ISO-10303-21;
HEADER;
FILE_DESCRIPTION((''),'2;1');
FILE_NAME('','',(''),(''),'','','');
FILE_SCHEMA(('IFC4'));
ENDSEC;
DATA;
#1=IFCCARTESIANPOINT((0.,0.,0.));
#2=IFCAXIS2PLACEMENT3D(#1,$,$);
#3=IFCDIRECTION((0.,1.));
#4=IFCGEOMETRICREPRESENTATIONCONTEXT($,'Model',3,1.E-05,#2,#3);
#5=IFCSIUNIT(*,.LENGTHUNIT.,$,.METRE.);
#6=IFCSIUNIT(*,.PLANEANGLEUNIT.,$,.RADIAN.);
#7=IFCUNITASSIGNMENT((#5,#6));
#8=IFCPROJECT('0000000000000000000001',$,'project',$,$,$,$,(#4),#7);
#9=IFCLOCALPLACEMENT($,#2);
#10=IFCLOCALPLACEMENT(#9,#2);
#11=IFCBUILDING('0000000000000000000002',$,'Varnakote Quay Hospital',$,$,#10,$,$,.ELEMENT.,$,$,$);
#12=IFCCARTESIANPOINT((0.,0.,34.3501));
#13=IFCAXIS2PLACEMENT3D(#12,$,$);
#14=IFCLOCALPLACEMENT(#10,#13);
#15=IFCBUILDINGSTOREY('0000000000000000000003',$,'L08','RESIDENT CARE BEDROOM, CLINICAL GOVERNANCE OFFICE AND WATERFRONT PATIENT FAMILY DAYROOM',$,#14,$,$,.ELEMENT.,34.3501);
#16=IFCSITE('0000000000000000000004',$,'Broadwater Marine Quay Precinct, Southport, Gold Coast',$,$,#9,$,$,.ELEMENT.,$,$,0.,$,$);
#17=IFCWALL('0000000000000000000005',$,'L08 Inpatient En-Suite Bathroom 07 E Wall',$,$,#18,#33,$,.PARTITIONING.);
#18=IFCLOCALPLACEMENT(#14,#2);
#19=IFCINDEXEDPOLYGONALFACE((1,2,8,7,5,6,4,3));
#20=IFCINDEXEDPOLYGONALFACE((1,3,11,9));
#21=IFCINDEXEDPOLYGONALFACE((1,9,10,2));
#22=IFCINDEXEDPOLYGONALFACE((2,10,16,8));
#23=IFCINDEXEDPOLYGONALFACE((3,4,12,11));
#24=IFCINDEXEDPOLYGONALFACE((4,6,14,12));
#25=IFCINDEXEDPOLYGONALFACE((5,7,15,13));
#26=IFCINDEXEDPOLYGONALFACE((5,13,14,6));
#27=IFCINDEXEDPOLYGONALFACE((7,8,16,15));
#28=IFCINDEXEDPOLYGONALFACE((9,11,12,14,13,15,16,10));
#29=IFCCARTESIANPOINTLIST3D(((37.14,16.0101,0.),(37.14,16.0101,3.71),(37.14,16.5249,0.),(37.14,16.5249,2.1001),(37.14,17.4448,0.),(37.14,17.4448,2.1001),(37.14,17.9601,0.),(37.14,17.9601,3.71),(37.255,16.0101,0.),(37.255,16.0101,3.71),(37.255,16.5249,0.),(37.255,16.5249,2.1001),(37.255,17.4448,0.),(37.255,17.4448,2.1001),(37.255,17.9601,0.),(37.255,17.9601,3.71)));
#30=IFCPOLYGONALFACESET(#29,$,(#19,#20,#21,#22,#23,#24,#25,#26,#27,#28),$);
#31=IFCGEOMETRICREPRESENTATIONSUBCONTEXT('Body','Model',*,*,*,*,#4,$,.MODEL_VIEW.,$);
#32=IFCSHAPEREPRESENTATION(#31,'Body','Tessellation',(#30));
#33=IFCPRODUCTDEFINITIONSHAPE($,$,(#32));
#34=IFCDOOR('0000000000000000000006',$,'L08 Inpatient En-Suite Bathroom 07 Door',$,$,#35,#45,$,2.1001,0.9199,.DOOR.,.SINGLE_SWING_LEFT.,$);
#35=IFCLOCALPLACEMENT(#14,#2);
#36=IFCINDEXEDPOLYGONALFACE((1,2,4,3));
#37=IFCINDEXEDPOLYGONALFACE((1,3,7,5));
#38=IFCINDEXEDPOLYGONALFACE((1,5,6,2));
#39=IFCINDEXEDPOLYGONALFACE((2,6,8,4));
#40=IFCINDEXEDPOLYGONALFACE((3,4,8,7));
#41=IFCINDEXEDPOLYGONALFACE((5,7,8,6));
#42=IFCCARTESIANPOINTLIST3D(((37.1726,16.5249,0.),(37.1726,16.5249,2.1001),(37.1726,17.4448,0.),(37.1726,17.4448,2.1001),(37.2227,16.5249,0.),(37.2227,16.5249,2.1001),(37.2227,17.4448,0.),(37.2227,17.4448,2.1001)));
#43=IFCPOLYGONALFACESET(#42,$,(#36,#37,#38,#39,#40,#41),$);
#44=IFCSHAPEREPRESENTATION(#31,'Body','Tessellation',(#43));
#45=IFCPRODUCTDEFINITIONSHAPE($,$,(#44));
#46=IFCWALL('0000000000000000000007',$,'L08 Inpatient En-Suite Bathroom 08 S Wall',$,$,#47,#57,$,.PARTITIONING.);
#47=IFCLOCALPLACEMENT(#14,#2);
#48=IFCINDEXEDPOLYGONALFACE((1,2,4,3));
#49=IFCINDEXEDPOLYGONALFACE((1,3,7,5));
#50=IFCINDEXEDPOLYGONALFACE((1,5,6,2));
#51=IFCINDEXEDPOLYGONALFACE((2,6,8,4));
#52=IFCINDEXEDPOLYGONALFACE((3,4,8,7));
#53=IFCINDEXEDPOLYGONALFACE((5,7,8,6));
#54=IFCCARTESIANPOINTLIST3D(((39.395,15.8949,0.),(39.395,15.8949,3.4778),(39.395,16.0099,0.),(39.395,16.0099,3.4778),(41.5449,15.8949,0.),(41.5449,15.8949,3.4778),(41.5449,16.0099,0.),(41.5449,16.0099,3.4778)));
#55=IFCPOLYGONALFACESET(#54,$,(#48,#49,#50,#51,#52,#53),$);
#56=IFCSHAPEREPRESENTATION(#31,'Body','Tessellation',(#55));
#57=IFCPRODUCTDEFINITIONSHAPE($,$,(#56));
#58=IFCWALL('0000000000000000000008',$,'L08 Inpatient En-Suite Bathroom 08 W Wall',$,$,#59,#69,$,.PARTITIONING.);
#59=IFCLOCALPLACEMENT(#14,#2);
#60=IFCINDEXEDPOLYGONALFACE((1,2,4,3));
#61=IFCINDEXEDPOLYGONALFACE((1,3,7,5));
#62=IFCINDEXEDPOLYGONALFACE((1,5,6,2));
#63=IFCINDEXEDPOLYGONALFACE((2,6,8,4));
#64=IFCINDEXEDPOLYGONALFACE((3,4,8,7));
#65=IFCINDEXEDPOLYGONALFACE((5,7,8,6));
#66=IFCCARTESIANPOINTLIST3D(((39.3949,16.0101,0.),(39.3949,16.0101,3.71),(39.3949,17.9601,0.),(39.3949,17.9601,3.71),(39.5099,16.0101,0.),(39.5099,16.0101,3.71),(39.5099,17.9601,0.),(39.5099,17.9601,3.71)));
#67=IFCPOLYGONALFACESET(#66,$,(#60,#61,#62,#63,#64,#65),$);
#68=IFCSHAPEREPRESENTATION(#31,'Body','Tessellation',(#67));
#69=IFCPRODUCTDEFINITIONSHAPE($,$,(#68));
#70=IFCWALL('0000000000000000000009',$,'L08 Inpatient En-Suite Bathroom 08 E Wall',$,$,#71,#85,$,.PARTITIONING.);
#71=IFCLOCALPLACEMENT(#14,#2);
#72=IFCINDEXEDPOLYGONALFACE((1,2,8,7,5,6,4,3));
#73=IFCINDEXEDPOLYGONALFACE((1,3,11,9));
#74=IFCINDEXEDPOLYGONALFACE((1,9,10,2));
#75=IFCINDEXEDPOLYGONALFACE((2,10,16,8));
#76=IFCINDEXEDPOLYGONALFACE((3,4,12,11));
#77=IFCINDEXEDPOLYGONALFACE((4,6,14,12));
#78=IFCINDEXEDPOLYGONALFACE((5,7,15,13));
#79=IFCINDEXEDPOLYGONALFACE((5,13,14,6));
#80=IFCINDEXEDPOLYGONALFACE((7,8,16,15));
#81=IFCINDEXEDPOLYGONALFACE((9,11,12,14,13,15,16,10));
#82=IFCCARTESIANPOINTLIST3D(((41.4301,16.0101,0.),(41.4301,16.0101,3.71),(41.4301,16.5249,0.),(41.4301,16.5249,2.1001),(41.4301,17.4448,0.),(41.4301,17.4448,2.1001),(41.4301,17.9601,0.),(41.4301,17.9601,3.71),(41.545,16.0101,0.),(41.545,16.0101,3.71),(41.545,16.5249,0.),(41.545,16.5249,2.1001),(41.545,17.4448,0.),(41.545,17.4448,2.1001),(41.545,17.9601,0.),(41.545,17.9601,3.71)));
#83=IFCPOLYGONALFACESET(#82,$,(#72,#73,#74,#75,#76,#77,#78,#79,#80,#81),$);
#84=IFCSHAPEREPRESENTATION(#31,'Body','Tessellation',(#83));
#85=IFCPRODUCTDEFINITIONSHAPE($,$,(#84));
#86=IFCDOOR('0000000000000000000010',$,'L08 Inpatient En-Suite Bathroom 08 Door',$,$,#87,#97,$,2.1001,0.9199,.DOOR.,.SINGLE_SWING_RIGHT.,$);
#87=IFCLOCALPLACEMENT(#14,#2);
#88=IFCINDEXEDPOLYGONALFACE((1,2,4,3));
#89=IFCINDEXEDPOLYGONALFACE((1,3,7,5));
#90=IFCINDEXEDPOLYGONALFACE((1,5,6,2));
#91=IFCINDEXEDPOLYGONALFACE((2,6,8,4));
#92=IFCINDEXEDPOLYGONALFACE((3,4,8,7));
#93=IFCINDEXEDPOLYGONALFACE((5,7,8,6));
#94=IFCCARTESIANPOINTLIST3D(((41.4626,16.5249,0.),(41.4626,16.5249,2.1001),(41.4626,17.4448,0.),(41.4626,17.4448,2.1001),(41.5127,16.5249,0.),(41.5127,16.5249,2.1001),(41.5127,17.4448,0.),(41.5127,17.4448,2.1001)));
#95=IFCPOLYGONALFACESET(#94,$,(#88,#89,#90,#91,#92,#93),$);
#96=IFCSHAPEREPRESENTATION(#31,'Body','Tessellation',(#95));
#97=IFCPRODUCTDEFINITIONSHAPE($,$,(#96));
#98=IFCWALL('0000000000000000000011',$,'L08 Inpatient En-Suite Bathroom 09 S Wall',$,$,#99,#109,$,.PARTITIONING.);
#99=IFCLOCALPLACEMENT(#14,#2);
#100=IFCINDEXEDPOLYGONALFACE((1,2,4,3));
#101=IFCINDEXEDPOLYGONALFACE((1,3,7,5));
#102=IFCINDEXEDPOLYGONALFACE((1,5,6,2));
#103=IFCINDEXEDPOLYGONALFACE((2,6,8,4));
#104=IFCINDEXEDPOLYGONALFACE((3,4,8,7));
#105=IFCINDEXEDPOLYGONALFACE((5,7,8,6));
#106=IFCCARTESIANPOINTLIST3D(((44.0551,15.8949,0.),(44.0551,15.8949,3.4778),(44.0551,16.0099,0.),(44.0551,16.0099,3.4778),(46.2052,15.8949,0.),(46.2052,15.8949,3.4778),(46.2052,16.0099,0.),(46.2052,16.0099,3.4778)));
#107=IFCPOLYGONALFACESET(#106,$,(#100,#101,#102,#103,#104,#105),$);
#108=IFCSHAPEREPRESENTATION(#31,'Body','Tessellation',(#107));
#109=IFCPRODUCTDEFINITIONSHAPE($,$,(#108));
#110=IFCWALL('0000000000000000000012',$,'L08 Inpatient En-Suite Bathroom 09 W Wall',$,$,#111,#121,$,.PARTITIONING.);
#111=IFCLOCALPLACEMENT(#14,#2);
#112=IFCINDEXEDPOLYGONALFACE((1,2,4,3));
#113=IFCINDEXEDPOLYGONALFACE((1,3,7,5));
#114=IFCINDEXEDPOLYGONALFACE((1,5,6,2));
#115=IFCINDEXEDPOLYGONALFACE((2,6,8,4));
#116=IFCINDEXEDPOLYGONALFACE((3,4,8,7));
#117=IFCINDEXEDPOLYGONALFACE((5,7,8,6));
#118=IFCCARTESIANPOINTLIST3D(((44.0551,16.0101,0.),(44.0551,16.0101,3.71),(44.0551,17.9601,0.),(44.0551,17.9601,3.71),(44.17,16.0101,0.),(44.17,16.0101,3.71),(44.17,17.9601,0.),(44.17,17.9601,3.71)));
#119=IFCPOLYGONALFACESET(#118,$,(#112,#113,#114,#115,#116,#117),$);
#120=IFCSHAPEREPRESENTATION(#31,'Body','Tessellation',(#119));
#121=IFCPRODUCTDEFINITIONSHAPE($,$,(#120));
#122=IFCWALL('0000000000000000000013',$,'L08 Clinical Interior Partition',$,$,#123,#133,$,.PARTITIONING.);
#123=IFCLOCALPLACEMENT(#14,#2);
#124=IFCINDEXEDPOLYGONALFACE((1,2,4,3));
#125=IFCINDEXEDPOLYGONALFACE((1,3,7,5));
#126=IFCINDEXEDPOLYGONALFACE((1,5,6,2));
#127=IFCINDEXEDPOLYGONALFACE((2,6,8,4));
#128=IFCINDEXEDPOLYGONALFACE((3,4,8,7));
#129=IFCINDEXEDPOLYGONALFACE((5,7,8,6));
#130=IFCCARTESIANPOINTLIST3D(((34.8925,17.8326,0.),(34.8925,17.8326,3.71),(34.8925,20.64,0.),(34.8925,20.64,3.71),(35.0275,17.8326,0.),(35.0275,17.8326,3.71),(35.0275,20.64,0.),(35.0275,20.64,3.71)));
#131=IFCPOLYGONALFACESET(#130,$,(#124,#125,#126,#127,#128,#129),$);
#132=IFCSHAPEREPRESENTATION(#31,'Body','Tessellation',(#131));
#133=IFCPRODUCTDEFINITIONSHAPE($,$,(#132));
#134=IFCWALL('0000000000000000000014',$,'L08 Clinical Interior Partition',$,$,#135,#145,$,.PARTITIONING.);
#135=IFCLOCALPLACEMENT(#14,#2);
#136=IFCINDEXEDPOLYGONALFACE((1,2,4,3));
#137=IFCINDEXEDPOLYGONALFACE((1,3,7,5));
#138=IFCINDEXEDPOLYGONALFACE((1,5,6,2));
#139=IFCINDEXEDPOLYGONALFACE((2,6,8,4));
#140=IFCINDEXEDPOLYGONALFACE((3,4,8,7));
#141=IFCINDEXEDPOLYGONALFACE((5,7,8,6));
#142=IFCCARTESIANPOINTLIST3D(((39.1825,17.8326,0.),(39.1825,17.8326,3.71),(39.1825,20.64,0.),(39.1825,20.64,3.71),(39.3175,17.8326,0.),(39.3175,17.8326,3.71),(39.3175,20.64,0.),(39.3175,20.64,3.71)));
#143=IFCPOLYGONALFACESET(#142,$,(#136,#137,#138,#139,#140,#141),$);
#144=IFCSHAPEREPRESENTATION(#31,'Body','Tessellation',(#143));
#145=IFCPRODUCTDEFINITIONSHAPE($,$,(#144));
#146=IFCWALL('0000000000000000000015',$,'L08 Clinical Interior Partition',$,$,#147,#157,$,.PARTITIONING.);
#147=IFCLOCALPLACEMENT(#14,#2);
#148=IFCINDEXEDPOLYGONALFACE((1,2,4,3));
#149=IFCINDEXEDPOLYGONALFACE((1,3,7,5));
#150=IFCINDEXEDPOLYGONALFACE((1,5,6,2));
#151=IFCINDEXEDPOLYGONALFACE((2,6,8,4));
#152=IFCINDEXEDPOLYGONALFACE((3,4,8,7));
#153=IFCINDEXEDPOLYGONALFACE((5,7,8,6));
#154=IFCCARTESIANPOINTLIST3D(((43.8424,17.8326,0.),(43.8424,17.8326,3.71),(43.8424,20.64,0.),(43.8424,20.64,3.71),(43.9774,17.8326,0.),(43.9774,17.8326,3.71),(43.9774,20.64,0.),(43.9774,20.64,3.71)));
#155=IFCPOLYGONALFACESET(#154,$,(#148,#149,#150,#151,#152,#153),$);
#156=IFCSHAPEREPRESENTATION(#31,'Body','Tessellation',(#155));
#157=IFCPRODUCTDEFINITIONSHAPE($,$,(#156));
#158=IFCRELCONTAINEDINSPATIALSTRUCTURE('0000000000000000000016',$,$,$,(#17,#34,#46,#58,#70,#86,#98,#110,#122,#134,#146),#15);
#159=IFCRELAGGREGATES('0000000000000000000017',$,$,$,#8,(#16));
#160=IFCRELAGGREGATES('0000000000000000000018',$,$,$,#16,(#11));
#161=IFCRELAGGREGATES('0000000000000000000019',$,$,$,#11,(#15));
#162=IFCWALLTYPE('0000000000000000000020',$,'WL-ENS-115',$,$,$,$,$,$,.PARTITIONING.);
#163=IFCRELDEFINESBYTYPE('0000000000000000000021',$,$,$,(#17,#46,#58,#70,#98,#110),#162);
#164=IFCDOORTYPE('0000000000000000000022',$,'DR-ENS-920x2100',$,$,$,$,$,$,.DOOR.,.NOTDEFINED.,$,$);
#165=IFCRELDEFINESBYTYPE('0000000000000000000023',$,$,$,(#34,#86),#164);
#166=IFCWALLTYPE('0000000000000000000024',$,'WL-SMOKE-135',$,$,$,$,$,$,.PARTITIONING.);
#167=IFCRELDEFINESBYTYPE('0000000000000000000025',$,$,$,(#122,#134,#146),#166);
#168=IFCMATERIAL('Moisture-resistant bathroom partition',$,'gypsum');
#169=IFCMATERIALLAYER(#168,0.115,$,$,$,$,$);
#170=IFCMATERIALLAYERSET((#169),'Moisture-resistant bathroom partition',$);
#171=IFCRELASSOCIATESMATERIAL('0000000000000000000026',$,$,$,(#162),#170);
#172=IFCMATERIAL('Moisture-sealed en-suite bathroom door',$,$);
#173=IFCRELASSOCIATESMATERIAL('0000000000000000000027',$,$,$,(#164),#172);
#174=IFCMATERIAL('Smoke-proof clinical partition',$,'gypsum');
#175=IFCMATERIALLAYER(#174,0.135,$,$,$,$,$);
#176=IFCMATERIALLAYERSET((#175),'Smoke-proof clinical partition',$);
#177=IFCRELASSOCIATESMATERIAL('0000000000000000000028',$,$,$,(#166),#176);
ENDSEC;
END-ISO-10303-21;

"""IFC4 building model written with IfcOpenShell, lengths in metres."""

from ifc_helpers import new_model, si_unit, direction, frame, frame_2d, origin, place, context, subcontext, project, spatial, rectangle, extrude, material, layer, layer_set, type_object, element, fill, save


model = new_model("IFC4")

# Units and contexts
model_context = context("Model", 3, precision=1e-05, world=origin(), true_north=direction((0.0, 1.0)))
body_context = subcontext(model_context, "Body", "Model", "MODEL_VIEW")
ifc_project = project(units=[si_unit("LENGTHUNIT", "METRE"), si_unit("PLANEANGLEUNIT", "RADIAN")], contexts=[model_context])

# Site, building, storey
site_placement = place(None, origin())
site = spatial("IfcSite", under=ifc_project, at=site_placement, Name="Broadwater Marine Quay Precinct, Southport, Gold Coast", CompositionType="ELEMENT", RefElevation=0.0)
building_placement = place(site_placement, origin())
building = spatial("IfcBuilding", under=site, at=building_placement, Name="Varnakote Quay Hospital", CompositionType="ELEMENT")
storey_placement = place(building_placement, frame((0.0, 0.0, 34.3501)))
storey = spatial("IfcBuildingStorey", under=building, at=storey_placement, Name="L08", Description="RESIDENT CARE BEDROOM, CLINICAL GOVERNANCE OFFICE AND WATERFRONT PATIENT FAMILY DAYROOM", CompositionType="ELEMENT", Elevation=34.3501)

# Shared definitions
ifc_material_1 = material(Name="Moisture-resistant bathroom partition", Category="gypsum")
ifc_layer_1 = layer(ifc_material_1, 0.115)
ifc_layer_set_1 = layer_set([ifc_layer_1], Name="Moisture-resistant bathroom partition")
wall_type_1 = type_object("IfcWallType", Name="WL-ENS-115", PredefinedType="PARTITIONING", material=ifc_layer_set_1)

# Wall, opening, door
wall_1_placement = place(storey_placement, frame((37.1975, 16.01, 0.0), z_axis=(0.0, 0.0, 1.0), x_axis=(0.0, 1.0, 0.0)))
wall_1 = element("IfcWall", 1, at=wall_1_placement, inside=storey, type_object=wall_type_1, Name="L08 Inpatient En-Suite Bathroom 07 E Wall", PredefinedType="PARTITIONING", context=body_context, shape_type="SweptSolid", body=[
    extrude(rectangle(XDim=1.95, YDim=0.115, at=frame_2d((0.9751, 0.0))), origin(), (0.0, 0.0, 1.0), 3.71),
])
opening_1_placement = place(wall_1_placement, frame((0.5149, 0.0, 0.0)))
opening_1 = element("IfcOpeningElement", 2, at=opening_1_placement, cuts=wall_1, PredefinedType="OPENING", context=body_context, shape_type="SweptSolid", body=[
    extrude(rectangle(XDim=0.9199, YDim=2.1001, at=frame_2d((0.46, 1.05))), frame((0.0, 0.0674, 0.0), z_axis=(0.0, -1.0, 0.0), x_axis=(1.0, 0.0, 0.0)), (0.0, 0.0, 1.0), 0.135),
])
ifc_material_2 = material(Name="Moisture-sealed en-suite bathroom door")
door_type_1 = type_object("IfcDoorType", Name="DR-ENS-920x2100", OperationType="NOTDEFINED", PredefinedType="DOOR", material=ifc_material_2)
door_1_placement = place(opening_1_placement, origin())
door_1 = element("IfcDoor", 3, at=door_1_placement, inside=storey, type_object=door_type_1, Name="L08 Inpatient En-Suite Bathroom 07 Door", OperationType="SINGLE_SWING_LEFT", OverallHeight=2.1001, OverallWidth=0.9199, PredefinedType="DOOR", context=body_context, shape_type="SweptSolid", body=[
    extrude(rectangle(XDim=0.9199, YDim=2.1001, at=frame_2d((0.46, 1.05))), frame((0.0, 0.0249, 0.0), z_axis=(0.0, -1.0, 0.0), x_axis=(1.0, 0.0, 0.0)), (0.0, 0.0, 1.0), 0.05),
])
fill(opening_1, door_1)

# Walls
wall_2_placement = place(storey_placement, frame((39.395, 15.9524, 0.0), z_axis=(0.0, 0.0, 1.0), x_axis=(1.0, 0.0, 0.0)))
element("IfcWall", 4, at=wall_2_placement, inside=storey, type_object=wall_type_1, Name="L08 Inpatient En-Suite Bathroom 08 S Wall", PredefinedType="PARTITIONING", context=body_context, shape_type="SweptSolid", body=[
    extrude(rectangle(XDim=2.1499, YDim=0.115, at=frame_2d((1.075, 0.0))), origin(), (0.0, 0.0, 1.0), 3.4778),
])
wall_3_placement = place(storey_placement, frame((39.4524, 16.01, 0.0), z_axis=(0.0, 0.0, 1.0), x_axis=(0.0, 1.0, 0.0)))
element("IfcWall", 5, at=wall_3_placement, inside=storey, type_object=wall_type_1, Name="L08 Inpatient En-Suite Bathroom 08 W Wall", PredefinedType="PARTITIONING", context=body_context, shape_type="SweptSolid", body=[
    extrude(rectangle(XDim=1.95, YDim=0.115, at=frame_2d((0.9751, 0.0))), origin(), (0.0, 0.0, 1.0), 3.71),
])

# Wall, opening, door
wall_4_placement = place(storey_placement, frame((41.4875, 16.01, 0.0), z_axis=(0.0, 0.0, 1.0), x_axis=(0.0, 1.0, 0.0)))
wall_4 = element("IfcWall", 6, at=wall_4_placement, inside=storey, type_object=wall_type_1, Name="L08 Inpatient En-Suite Bathroom 08 E Wall", PredefinedType="PARTITIONING", context=body_context, shape_type="SweptSolid", body=[
    extrude(rectangle(XDim=1.95, YDim=0.115, at=frame_2d((0.9751, 0.0))), origin(), (0.0, 0.0, 1.0), 3.71),
])
opening_2_placement = place(wall_4_placement, frame((0.5149, 0.0, 0.0)))
opening_2 = element("IfcOpeningElement", 7, at=opening_2_placement, cuts=wall_4, PredefinedType="OPENING", context=body_context, shape_type="SweptSolid", body=[
    extrude(rectangle(XDim=0.9199, YDim=2.1001, at=frame_2d((0.46, 1.05))), frame((0.0, 0.0674, 0.0), z_axis=(0.0, -1.0, 0.0), x_axis=(1.0, 0.0, 0.0)), (0.0, 0.0, 1.0), 0.135),
])
door_2_placement = place(opening_2_placement, origin())
door_2 = element("IfcDoor", 8, at=door_2_placement, inside=storey, type_object=door_type_1, Name="L08 Inpatient En-Suite Bathroom 08 Door", OperationType="SINGLE_SWING_RIGHT", OverallHeight=2.1001, OverallWidth=0.9199, PredefinedType="DOOR", context=body_context, shape_type="SweptSolid", body=[
    extrude(rectangle(XDim=0.9199, YDim=2.1001, at=frame_2d((0.46, 1.05))), frame((0.0, 0.0249, 0.0), z_axis=(0.0, -1.0, 0.0), x_axis=(1.0, 0.0, 0.0)), (0.0, 0.0, 1.0), 0.05),
])
fill(opening_2, door_2)

# Walls
wall_5_placement = place(storey_placement, frame((44.0549, 15.9524, 0.0), z_axis=(0.0, 0.0, 1.0), x_axis=(1.0, 0.0, 0.0)))
element("IfcWall", 9, at=wall_5_placement, inside=storey, type_object=wall_type_1, Name="L08 Inpatient En-Suite Bathroom 09 S Wall", PredefinedType="PARTITIONING", context=body_context, shape_type="SweptSolid", body=[
    extrude(rectangle(XDim=2.1501, YDim=0.115, at=frame_2d((1.0752, 0.0))), origin(), (0.0, 0.0, 1.0), 3.4778),
])
wall_6_placement = place(storey_placement, frame((44.1125, 16.01, 0.0), z_axis=(0.0, 0.0, 1.0), x_axis=(0.0, 1.0, 0.0)))
element("IfcWall", 10, at=wall_6_placement, inside=storey, type_object=wall_type_1, Name="L08 Inpatient En-Suite Bathroom 09 W Wall", PredefinedType="PARTITIONING", context=body_context, shape_type="SweptSolid", body=[
    extrude(rectangle(XDim=1.95, YDim=0.115, at=frame_2d((0.9751, 0.0))), origin(), (0.0, 0.0, 1.0), 3.71),
])

# Walls
ifc_material_3 = material(Name="Smoke-proof clinical partition", Category="gypsum")
ifc_layer_2 = layer(ifc_material_3, 0.135)
ifc_layer_set_2 = layer_set([ifc_layer_2], Name="Smoke-proof clinical partition")
wall_type_2 = type_object("IfcWallType", Name="WL-SMOKE-135", PredefinedType="PARTITIONING", material=ifc_layer_set_2)
for number, where, z_axis, x_axis, name in (
    (11, (34.96, 17.8325, 0.0), (0.0, 0.0, 1.0), (0.0, 1.0, 0.0), "L08 Clinical Interior Partition"),
    (12, (39.25, 17.8325, 0.0), (0.0, 0.0, 1.0), (0.0, 1.0, 0.0), "L08 Clinical Interior Partition"),
    (13, (43.9099, 17.8325, 0.0), (0.0, 0.0, 1.0), (0.0, 1.0, 0.0), "L08 Clinical Interior Partition"),
):
    element("IfcWall", number, at=place(storey_placement, frame(where, z_axis=z_axis, x_axis=x_axis)), inside=storey, type_object=wall_type_2, Name=name, PredefinedType="PARTITIONING", context=body_context, shape_type="SweptSolid", body=[
        extrude(rectangle(XDim=2.8074, YDim=0.135, at=frame_2d((1.4038, 0.0))), origin(), (0.0, 0.0, 1.0), 3.71),
    ])

save(model, "model.ifc")
